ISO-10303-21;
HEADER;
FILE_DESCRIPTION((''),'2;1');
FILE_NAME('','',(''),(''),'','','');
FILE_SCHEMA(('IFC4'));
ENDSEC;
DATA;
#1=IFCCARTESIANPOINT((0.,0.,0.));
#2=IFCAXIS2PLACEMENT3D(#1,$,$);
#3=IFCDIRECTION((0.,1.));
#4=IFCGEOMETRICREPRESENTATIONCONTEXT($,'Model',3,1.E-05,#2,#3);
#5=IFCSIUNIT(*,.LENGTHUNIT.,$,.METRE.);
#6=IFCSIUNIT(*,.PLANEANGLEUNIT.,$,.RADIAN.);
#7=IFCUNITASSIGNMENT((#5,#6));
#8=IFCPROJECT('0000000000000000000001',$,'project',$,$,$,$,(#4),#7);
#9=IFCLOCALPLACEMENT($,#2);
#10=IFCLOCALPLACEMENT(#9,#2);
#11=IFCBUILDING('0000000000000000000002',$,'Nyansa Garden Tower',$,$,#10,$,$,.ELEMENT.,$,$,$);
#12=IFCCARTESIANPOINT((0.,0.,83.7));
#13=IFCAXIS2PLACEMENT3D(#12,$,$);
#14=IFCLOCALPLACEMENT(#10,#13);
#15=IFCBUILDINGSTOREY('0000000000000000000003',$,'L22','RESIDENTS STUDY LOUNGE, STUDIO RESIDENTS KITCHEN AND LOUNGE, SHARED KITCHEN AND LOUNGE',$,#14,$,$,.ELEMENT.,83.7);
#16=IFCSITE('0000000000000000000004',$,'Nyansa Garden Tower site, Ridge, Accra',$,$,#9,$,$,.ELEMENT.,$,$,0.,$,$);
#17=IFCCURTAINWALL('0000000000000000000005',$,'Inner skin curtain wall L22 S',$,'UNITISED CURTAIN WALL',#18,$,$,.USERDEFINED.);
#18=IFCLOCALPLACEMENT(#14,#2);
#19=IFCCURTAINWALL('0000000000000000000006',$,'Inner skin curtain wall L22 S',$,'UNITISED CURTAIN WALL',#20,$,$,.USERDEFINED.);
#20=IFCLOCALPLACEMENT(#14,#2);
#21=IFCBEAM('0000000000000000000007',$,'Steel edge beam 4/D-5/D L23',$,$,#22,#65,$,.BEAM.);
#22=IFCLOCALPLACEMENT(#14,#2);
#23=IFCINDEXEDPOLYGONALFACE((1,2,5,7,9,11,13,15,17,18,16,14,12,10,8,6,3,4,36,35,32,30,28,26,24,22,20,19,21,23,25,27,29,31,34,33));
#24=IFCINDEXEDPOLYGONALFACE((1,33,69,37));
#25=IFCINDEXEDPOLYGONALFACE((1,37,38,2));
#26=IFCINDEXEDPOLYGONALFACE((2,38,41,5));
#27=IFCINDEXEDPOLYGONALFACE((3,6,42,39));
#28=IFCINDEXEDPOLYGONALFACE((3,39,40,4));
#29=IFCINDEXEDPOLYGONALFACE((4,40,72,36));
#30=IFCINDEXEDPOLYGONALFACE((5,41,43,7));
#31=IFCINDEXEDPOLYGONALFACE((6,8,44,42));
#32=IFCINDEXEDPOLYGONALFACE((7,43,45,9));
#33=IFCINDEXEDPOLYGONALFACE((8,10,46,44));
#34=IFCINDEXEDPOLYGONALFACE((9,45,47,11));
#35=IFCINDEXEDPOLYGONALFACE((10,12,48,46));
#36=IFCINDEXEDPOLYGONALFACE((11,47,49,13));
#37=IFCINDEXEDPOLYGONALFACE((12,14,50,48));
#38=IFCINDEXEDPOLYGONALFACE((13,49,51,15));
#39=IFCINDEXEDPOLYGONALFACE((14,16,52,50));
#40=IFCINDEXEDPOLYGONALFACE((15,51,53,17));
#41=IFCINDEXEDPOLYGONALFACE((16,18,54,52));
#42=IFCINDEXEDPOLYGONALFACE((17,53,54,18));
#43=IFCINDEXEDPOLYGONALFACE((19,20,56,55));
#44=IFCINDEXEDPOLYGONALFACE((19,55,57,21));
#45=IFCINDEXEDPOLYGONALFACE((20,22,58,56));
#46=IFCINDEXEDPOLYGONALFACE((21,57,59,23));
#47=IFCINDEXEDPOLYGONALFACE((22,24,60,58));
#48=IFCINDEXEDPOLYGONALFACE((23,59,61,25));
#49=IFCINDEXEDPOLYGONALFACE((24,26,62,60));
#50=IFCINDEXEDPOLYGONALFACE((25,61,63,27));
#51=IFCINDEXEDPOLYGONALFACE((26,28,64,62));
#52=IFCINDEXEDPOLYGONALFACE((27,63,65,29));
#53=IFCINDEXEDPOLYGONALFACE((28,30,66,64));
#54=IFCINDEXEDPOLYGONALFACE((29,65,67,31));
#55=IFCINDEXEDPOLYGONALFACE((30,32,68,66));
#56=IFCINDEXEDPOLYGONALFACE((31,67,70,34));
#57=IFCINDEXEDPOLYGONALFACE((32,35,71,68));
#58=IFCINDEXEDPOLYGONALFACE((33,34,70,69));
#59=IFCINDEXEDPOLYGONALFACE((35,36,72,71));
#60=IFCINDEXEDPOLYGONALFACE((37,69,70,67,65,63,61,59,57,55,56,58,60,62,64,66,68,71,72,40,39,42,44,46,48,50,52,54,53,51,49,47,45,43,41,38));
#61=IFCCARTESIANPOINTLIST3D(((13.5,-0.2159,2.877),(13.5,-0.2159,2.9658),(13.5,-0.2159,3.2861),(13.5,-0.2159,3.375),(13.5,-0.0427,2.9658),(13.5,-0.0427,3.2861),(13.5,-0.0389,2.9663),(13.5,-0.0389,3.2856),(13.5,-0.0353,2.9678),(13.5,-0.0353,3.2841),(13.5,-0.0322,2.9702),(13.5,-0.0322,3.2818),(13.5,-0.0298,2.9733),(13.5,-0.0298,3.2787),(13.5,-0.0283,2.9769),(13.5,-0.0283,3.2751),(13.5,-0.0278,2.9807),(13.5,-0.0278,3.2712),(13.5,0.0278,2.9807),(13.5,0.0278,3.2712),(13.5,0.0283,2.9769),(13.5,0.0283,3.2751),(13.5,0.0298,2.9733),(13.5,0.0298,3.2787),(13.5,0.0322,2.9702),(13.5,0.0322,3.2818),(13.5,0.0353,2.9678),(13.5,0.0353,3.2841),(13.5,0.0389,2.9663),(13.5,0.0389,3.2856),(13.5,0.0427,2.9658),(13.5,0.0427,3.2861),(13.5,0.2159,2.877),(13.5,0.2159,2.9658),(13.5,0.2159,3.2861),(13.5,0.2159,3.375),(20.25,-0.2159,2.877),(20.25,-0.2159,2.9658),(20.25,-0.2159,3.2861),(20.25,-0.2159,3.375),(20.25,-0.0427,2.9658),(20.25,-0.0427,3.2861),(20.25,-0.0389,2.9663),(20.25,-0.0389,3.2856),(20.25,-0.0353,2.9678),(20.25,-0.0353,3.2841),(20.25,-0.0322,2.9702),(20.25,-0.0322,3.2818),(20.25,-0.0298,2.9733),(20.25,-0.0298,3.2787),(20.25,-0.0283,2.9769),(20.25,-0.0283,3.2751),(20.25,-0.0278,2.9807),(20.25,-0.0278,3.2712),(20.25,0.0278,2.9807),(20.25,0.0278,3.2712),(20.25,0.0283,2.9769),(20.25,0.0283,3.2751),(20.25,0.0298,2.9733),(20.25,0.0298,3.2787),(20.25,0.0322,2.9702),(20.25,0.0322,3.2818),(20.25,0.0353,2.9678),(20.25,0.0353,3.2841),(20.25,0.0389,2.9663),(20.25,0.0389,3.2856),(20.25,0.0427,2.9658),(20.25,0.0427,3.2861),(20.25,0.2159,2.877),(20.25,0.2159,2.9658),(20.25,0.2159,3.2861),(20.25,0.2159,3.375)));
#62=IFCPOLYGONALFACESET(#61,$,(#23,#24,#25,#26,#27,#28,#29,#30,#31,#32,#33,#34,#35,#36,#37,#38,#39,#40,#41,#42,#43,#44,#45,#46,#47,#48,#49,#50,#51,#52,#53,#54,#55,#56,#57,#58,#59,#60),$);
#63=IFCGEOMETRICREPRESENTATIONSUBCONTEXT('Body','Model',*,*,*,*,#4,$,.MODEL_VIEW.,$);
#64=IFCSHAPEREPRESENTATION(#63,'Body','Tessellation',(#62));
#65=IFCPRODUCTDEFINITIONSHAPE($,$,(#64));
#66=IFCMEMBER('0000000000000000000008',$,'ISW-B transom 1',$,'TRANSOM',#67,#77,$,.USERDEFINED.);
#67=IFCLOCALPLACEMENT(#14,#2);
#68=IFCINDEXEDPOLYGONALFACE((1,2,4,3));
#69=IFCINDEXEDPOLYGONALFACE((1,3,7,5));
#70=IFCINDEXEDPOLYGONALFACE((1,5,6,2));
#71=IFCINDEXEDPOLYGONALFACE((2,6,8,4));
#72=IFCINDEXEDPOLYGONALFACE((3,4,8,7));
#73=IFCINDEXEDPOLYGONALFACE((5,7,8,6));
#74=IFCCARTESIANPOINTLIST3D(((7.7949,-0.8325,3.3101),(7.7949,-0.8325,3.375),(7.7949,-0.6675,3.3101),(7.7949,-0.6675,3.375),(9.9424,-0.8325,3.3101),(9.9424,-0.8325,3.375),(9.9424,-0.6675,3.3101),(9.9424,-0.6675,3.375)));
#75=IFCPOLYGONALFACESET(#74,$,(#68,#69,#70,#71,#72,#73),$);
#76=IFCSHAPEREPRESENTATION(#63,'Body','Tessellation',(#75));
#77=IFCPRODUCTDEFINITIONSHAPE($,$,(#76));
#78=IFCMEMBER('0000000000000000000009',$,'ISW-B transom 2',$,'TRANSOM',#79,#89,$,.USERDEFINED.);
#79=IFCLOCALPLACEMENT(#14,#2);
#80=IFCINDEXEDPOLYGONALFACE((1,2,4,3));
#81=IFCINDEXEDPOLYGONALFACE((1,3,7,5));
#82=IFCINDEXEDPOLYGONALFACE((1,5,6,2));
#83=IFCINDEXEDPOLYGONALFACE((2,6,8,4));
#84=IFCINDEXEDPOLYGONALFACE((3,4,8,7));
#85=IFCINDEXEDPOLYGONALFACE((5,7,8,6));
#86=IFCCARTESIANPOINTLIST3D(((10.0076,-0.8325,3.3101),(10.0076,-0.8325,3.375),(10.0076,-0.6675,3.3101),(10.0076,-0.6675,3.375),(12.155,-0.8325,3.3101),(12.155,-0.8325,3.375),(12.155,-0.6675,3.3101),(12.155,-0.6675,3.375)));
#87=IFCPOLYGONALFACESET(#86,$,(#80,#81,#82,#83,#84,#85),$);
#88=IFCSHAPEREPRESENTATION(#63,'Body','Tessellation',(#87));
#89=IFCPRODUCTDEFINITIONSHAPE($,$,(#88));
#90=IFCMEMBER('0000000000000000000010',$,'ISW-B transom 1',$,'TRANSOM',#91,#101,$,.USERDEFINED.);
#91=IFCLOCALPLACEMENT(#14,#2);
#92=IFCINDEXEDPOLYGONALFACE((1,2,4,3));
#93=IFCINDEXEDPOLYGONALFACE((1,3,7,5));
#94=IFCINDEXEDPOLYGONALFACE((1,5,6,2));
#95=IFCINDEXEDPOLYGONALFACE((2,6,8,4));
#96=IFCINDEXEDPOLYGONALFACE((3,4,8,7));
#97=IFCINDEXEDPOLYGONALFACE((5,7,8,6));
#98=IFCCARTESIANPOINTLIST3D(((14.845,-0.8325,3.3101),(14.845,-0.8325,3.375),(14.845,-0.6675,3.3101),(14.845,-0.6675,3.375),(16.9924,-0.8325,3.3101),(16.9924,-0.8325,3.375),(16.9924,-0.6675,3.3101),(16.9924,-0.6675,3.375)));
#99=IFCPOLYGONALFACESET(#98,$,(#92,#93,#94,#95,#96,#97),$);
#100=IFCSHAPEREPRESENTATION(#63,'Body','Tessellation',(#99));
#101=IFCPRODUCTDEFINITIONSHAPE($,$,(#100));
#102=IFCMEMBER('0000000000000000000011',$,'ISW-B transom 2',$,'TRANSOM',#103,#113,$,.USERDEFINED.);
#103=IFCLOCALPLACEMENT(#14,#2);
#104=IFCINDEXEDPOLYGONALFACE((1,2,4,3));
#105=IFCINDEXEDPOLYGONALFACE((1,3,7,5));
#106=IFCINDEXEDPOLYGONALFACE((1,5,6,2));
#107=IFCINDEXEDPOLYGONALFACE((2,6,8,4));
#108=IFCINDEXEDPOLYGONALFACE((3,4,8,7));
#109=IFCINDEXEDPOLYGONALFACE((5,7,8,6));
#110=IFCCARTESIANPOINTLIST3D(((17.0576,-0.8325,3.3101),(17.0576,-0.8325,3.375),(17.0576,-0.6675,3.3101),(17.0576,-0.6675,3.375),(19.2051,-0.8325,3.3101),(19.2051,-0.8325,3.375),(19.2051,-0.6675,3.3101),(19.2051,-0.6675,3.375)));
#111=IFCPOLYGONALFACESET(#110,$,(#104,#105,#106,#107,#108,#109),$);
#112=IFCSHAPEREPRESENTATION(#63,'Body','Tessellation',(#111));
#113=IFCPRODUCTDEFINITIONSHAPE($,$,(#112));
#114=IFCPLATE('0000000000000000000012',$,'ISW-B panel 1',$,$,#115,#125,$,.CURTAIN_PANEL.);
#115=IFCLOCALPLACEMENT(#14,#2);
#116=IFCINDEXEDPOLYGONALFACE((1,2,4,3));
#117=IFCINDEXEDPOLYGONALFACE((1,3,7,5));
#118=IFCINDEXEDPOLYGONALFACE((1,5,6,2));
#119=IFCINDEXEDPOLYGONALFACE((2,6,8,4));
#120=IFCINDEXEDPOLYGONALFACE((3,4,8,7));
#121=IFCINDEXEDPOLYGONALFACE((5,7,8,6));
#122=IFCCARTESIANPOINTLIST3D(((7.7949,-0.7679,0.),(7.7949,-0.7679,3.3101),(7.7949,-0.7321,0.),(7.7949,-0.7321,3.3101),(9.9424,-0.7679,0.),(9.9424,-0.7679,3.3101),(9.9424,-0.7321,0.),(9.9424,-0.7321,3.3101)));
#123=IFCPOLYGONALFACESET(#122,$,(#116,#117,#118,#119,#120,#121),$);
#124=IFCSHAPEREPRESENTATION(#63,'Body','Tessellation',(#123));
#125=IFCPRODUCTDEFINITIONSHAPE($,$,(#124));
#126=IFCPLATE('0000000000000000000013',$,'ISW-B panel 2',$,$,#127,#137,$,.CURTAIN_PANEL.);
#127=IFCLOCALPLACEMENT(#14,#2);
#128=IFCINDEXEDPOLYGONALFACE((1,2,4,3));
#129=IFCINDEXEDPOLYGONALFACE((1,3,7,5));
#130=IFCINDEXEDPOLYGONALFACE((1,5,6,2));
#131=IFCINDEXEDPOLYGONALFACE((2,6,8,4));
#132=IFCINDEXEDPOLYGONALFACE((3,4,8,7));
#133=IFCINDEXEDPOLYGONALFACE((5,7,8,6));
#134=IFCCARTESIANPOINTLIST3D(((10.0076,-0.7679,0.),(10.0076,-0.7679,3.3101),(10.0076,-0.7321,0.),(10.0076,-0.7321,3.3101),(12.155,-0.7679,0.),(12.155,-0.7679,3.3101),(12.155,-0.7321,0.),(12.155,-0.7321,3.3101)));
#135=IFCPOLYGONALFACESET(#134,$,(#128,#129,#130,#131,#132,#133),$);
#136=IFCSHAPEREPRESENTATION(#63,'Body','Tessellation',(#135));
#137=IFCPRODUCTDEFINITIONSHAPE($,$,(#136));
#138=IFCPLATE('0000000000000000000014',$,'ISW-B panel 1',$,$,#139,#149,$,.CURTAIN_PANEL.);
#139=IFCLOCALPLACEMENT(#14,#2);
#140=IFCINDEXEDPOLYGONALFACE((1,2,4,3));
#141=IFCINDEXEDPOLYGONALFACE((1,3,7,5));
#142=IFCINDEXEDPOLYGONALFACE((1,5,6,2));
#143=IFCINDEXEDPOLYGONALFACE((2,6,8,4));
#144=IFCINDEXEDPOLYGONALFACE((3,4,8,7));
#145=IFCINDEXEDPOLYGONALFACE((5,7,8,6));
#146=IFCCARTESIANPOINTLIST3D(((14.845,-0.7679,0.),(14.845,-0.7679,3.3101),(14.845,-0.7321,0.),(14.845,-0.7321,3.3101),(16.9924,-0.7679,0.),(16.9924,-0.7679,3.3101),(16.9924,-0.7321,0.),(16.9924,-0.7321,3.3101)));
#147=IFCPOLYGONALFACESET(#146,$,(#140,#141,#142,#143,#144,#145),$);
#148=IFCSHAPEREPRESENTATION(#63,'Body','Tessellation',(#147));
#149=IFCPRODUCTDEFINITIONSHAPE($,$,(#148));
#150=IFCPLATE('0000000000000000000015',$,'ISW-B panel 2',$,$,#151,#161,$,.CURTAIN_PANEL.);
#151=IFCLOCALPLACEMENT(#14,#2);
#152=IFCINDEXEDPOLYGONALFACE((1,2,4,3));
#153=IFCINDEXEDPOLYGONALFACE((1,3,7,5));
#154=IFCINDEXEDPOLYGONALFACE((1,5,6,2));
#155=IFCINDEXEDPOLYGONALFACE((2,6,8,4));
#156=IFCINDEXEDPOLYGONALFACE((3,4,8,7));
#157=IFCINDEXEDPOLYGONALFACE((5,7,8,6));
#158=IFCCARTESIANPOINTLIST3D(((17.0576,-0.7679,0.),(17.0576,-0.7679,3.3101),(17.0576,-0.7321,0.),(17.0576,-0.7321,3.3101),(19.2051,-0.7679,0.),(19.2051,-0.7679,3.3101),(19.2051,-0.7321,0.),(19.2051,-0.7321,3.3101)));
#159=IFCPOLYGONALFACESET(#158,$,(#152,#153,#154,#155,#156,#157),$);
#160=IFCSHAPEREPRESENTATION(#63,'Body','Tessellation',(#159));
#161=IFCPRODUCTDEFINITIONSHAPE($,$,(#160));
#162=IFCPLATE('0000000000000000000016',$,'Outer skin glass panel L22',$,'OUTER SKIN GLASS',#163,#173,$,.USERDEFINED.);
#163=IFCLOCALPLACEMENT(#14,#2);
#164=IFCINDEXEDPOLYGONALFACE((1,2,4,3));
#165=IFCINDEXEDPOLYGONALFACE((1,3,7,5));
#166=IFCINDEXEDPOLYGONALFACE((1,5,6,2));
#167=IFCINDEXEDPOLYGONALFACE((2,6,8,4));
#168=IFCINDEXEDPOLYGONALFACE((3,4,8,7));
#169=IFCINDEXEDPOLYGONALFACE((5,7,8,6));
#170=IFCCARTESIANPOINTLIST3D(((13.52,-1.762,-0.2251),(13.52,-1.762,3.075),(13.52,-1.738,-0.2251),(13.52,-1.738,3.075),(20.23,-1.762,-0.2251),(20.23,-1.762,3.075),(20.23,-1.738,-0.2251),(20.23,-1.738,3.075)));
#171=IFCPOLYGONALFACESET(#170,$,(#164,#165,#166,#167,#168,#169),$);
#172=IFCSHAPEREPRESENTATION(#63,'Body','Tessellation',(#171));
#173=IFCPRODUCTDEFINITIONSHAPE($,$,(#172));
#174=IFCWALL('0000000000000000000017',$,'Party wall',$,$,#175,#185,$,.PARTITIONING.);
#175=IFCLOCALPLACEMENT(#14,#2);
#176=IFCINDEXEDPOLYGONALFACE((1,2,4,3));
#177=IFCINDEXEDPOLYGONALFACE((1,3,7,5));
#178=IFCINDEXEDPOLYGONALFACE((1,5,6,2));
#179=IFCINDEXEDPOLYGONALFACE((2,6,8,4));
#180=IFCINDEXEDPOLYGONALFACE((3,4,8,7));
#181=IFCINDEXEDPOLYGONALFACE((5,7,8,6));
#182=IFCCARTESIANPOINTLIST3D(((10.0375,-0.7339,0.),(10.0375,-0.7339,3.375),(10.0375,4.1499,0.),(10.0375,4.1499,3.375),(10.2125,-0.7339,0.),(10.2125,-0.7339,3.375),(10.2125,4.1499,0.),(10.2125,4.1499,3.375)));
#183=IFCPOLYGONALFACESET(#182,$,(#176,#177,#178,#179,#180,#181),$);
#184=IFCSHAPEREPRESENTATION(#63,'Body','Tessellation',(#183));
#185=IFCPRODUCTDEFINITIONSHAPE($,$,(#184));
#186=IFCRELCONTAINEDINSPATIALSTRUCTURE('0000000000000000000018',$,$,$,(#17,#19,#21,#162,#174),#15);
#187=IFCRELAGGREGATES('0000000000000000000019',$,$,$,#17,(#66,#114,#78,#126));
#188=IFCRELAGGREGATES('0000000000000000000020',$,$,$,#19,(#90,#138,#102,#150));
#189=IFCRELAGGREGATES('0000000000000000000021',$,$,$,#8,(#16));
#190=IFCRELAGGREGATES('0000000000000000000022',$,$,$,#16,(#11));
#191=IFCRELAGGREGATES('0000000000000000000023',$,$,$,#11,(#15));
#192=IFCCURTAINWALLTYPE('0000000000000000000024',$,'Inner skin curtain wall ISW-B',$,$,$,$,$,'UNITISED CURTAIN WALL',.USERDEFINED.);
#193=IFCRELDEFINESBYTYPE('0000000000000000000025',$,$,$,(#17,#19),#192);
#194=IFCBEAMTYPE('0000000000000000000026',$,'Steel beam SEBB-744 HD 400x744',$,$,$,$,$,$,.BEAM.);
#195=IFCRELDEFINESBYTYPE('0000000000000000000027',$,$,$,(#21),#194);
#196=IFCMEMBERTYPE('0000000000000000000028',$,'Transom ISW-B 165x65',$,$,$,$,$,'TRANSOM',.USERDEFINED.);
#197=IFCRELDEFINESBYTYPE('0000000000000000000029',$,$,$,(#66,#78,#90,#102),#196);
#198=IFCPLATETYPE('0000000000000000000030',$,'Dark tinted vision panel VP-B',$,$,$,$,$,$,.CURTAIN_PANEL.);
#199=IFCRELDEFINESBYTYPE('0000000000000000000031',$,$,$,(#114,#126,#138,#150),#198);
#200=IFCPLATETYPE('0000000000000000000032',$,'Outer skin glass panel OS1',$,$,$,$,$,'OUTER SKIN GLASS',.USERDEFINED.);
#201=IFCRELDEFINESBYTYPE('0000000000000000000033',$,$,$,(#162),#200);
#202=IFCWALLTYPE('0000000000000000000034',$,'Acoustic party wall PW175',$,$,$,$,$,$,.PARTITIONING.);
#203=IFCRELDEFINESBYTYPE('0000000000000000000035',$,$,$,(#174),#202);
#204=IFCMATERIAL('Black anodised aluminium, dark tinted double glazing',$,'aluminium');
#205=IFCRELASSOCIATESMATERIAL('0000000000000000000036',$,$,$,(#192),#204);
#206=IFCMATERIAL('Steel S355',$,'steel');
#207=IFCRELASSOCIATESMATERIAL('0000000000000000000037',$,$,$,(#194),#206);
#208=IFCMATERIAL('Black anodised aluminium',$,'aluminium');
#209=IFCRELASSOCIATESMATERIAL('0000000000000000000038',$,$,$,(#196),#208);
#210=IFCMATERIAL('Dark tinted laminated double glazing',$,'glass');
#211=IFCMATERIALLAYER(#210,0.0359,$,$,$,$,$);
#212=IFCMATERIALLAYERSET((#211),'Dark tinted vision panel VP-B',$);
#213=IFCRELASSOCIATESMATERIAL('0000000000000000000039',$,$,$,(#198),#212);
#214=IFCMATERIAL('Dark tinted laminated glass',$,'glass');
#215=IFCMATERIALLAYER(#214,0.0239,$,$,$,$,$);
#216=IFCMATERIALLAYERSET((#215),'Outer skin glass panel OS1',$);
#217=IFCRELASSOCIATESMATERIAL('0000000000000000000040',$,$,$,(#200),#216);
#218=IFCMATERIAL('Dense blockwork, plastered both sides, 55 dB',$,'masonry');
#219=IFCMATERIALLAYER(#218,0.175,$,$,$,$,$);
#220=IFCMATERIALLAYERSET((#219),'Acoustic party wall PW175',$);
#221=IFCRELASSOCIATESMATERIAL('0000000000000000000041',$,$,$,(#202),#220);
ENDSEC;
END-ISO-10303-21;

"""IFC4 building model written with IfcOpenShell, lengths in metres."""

from ifc_helpers import new_model, si_unit, direction, frame, frame_2d, origin, origin_2d, place, context, subcontext, project, spatial, rectangle, i_section, extrude, material, layer, layer_set, material_profile, profile_set, type_object, element, aggregate, save


model = new_model("IFC4")

# Units and contexts
model_context = context("Model", 3, precision=1e-05, world=origin(), true_north=direction((0.0, 1.0)))
body_context = subcontext(model_context, "Body", "Model", "MODEL_VIEW")
ifc_project = project(units=[si_unit("LENGTHUNIT", "METRE"), si_unit("PLANEANGLEUNIT", "RADIAN")], contexts=[model_context])

# Site, building, storey
site_placement = place(None, origin())
site = spatial("IfcSite", under=ifc_project, at=site_placement, Name="Nyansa Garden Tower site, Ridge, Accra", CompositionType="ELEMENT", RefElevation=0.0)
building_placement = place(site_placement, origin())
building = spatial("IfcBuilding", under=site, at=building_placement, Name="Nyansa Garden Tower", CompositionType="ELEMENT")
storey_placement = place(building_placement, frame((0.0, 0.0, 83.7)))
storey = spatial("IfcBuildingStorey", under=building, at=storey_placement, Name="L22", Description="RESIDENTS STUDY LOUNGE, STUDIO RESIDENTS KITCHEN AND LOUNGE, SHARED KITCHEN AND LOUNGE", CompositionType="ELEMENT", Elevation=83.7)

# Curtain walls
ifc_material_1 = material(Name="Black anodised aluminium, dark tinted double glazing", Category="aluminium")
curtain_wall_type = type_object("IfcCurtainWallType", Name="Inner skin curtain wall ISW-B", ElementType="UNITISED CURTAIN WALL", PredefinedType="USERDEFINED", material=ifc_material_1)
curtain_wall_1_placement = place(storey_placement, origin())
curtain_wall_1 = element("IfcCurtainWall", 1, at=curtain_wall_1_placement, inside=storey, type_object=curtain_wall_type, Name="Inner skin curtain wall L22 S", ObjectType="UNITISED CURTAIN WALL", PredefinedType="USERDEFINED")
curtain_wall_2_placement = place(storey_placement, origin())
curtain_wall_2 = element("IfcCurtainWall", 2, at=curtain_wall_2_placement, inside=storey, type_object=curtain_wall_type, Name="Inner skin curtain wall L22 S", ObjectType="UNITISED CURTAIN WALL", PredefinedType="USERDEFINED")

# Beam
ifc_material_2 = material(Name="Steel S355", Category="steel")
ifc_material_profile_1 = material_profile(ifc_material_2, i_section(OverallWidth=0.4319, OverallDepth=0.498, WebThickness=0.0557, FlangeThickness=0.0889, FilletRadius=0.0149, at=origin_2d()), Name="HD 400x744")
ifc_profile_set_1 = profile_set([ifc_material_profile_1], Name="Steel S355")
beam_type_1 = type_object("IfcBeamType", Name="Steel beam SEBB-744 HD 400x744", PredefinedType="BEAM", material=ifc_profile_set_1)
beam_1_placement = place(storey_placement, frame((13.5, 0.0, 3.126), z_axis=(1.0, 0.0, 0.0), x_axis=(0.0, 1.0, 0.0)))
element("IfcBeam", 3, at=beam_1_placement, inside=storey, type_object=beam_type_1, Name="Steel edge beam 4/D-5/D L23", PredefinedType="BEAM", context=body_context, shape_type="SweptSolid", body=[
    extrude(i_section(OverallWidth=0.4319, OverallDepth=0.498, WebThickness=0.0557, FlangeThickness=0.0889, FilletRadius=0.0149, at=origin_2d()), origin(), (0.0, 0.0, 1.0), 6.75),
])

# Members
ifc_material_3 = material(Name="Black anodised aluminium", Category="aluminium")
ifc_material_profile_2 = material_profile(ifc_material_3, rectangle(XDim=0.165, YDim=0.0649, at=origin_2d()), Name="Transom 165x65")
ifc_profile_set_2 = profile_set([ifc_material_profile_2], Name="Black anodised aluminium")
member_type_1 = type_object("IfcMemberType", Name="Transom ISW-B 165x65", ElementType="TRANSOM", PredefinedType="USERDEFINED", material=ifc_profile_set_2)
member_1_placement = place(storey_placement, frame((7.7949, -0.75, 3.3425), z_axis=(1.0, 0.0, 0.0), x_axis=(0.0, 1.0, 0.0)))
member_1 = element("IfcMember", 4, at=member_1_placement, type_object=member_type_1, Name="ISW-B transom 1", ObjectType="TRANSOM", PredefinedType="USERDEFINED", context=body_context, shape_type="SweptSolid", body=[
    extrude(rectangle(XDim=0.165, YDim=0.0649, at=origin_2d()), origin(), (0.0, 0.0, 1.0), 2.1475),
])
member_2_placement = place(storey_placement, frame((10.0076, -0.75, 3.3425), z_axis=(1.0, 0.0, 0.0), x_axis=(0.0, 1.0, 0.0)))
member_2 = element("IfcMember", 5, at=member_2_placement, type_object=member_type_1, Name="ISW-B transom 2", ObjectType="TRANSOM", PredefinedType="USERDEFINED", context=body_context, shape_type="SweptSolid", body=[
    extrude(rectangle(XDim=0.165, YDim=0.0649, at=origin_2d()), origin(), (0.0, 0.0, 1.0), 2.1475),
])
member_3_placement = place(storey_placement, frame((14.845, -0.75, 3.3425), z_axis=(1.0, 0.0, 0.0), x_axis=(0.0, 1.0, 0.0)))
member_3 = element("IfcMember", 6, at=member_3_placement, type_object=member_type_1, Name="ISW-B transom 1", ObjectType="TRANSOM", PredefinedType="USERDEFINED", context=body_context, shape_type="SweptSolid", body=[
    extrude(rectangle(XDim=0.165, YDim=0.0649, at=origin_2d()), origin(), (0.0, 0.0, 1.0), 2.1475),
])
member_4_placement = place(storey_placement, frame((17.0576, -0.75, 3.3425), z_axis=(1.0, 0.0, 0.0), x_axis=(0.0, 1.0, 0.0)))
member_4 = element("IfcMember", 7, at=member_4_placement, type_object=member_type_1, Name="ISW-B transom 2", ObjectType="TRANSOM", PredefinedType="USERDEFINED", context=body_context, shape_type="SweptSolid", body=[
    extrude(rectangle(XDim=0.165, YDim=0.0649, at=origin_2d()), origin(), (0.0, 0.0, 1.0), 2.1475),
])

# Plates
ifc_material_4 = material(Name="Dark tinted laminated double glazing", Category="glass")
ifc_layer_1 = layer(ifc_material_4, 0.0359)
ifc_layer_set_1 = layer_set([ifc_layer_1], Name="Dark tinted vision panel VP-B")
plate_type_1 = type_object("IfcPlateType", Name="Dark tinted vision panel VP-B", PredefinedType="CURTAIN_PANEL", material=ifc_layer_set_1)
plate_1_placement = place(storey_placement, frame((8.8687, -0.75, 0.0), z_axis=(0.0, 0.0, 1.0), x_axis=(1.0, 0.0, 0.0)))
plate_1 = element("IfcPlate", 8, at=plate_1_placement, type_object=plate_type_1, Name="ISW-B panel 1", PredefinedType="CURTAIN_PANEL", context=body_context, shape_type="SweptSolid", body=[
    extrude(rectangle(XDim=2.1475, YDim=0.0359, at=origin_2d()), origin(), (0.0, 0.0, 1.0), 3.3101),
])
plate_2_placement = place(storey_placement, frame((11.0813, -0.75, 0.0), z_axis=(0.0, 0.0, 1.0), x_axis=(1.0, 0.0, 0.0)))
plate_2 = element("IfcPlate", 9, at=plate_2_placement, type_object=plate_type_1, Name="ISW-B panel 2", PredefinedType="CURTAIN_PANEL", context=body_context, shape_type="SweptSolid", body=[
    extrude(rectangle(XDim=2.1475, YDim=0.0359, at=origin_2d()), origin(), (0.0, 0.0, 1.0), 3.3101),
])
aggregate(curtain_wall_1, [member_1, plate_1, member_2, plate_2])
plate_3_placement = place(storey_placement, frame((15.9187, -0.75, 0.0), z_axis=(0.0, 0.0, 1.0), x_axis=(1.0, 0.0, 0.0)))
plate_3 = element("IfcPlate", 10, at=plate_3_placement, type_object=plate_type_1, Name="ISW-B panel 1", PredefinedType="CURTAIN_PANEL", context=body_context, shape_type="SweptSolid", body=[
    extrude(rectangle(XDim=2.1475, YDim=0.0359, at=origin_2d()), origin(), (0.0, 0.0, 1.0), 3.3101),
])
plate_4_placement = place(storey_placement, frame((18.1313, -0.75, 0.0), z_axis=(0.0, 0.0, 1.0), x_axis=(1.0, 0.0, 0.0)))
plate_4 = element("IfcPlate", 11, at=plate_4_placement, type_object=plate_type_1, Name="ISW-B panel 2", PredefinedType="CURTAIN_PANEL", context=body_context, shape_type="SweptSolid", body=[
    extrude(rectangle(XDim=2.1475, YDim=0.0359, at=origin_2d()), origin(), (0.0, 0.0, 1.0), 3.3101),
])
aggregate(curtain_wall_2, [member_3, plate_3, member_4, plate_4])
ifc_material_5 = material(Name="Dark tinted laminated glass", Category="glass")
ifc_layer_2 = layer(ifc_material_5, 0.0239)
ifc_layer_set_2 = layer_set([ifc_layer_2], Name="Outer skin glass panel OS1")
plate_type_2 = type_object("IfcPlateType", Name="Outer skin glass panel OS1", ElementType="OUTER SKIN GLASS", PredefinedType="USERDEFINED", material=ifc_layer_set_2)
plate_5_placement = place(storey_placement, frame((16.875, -1.75, -0.2251), z_axis=(0.0, 0.0, 1.0), x_axis=(1.0, 0.0, 0.0)))
element("IfcPlate", 12, at=plate_5_placement, inside=storey, type_object=plate_type_2, Name="Outer skin glass panel L22", ObjectType="OUTER SKIN GLASS", PredefinedType="USERDEFINED", context=body_context, shape_type="SweptSolid", body=[
    extrude(rectangle(XDim=6.71, YDim=0.0239, at=origin_2d()), origin(), (0.0, 0.0, 1.0), 3.3),
])

# Wall
ifc_material_6 = material(Name="Dense blockwork, plastered both sides, 55 dB", Category="masonry")
ifc_layer_3 = layer(ifc_material_6, 0.175)
ifc_layer_set_3 = layer_set([ifc_layer_3], Name="Acoustic party wall PW175")
wall_type = type_object("IfcWallType", Name="Acoustic party wall PW175", PredefinedType="PARTITIONING", material=ifc_layer_set_3)
wall_1_placement = place(storey_placement, frame((10.125, -0.7339, 0.0), z_axis=(0.0, 0.0, 1.0), x_axis=(0.0, 1.0, 0.0)))
element("IfcWall", 13, at=wall_1_placement, inside=storey, type_object=wall_type, Name="Party wall", PredefinedType="PARTITIONING", context=body_context, shape_type="SweptSolid", body=[
    extrude(rectangle(XDim=4.8838, YDim=0.175, at=frame_2d((2.4419, 0.0))), origin(), (0.0, 0.0, 1.0), 3.375),
])

save(model, "model.ifc")
